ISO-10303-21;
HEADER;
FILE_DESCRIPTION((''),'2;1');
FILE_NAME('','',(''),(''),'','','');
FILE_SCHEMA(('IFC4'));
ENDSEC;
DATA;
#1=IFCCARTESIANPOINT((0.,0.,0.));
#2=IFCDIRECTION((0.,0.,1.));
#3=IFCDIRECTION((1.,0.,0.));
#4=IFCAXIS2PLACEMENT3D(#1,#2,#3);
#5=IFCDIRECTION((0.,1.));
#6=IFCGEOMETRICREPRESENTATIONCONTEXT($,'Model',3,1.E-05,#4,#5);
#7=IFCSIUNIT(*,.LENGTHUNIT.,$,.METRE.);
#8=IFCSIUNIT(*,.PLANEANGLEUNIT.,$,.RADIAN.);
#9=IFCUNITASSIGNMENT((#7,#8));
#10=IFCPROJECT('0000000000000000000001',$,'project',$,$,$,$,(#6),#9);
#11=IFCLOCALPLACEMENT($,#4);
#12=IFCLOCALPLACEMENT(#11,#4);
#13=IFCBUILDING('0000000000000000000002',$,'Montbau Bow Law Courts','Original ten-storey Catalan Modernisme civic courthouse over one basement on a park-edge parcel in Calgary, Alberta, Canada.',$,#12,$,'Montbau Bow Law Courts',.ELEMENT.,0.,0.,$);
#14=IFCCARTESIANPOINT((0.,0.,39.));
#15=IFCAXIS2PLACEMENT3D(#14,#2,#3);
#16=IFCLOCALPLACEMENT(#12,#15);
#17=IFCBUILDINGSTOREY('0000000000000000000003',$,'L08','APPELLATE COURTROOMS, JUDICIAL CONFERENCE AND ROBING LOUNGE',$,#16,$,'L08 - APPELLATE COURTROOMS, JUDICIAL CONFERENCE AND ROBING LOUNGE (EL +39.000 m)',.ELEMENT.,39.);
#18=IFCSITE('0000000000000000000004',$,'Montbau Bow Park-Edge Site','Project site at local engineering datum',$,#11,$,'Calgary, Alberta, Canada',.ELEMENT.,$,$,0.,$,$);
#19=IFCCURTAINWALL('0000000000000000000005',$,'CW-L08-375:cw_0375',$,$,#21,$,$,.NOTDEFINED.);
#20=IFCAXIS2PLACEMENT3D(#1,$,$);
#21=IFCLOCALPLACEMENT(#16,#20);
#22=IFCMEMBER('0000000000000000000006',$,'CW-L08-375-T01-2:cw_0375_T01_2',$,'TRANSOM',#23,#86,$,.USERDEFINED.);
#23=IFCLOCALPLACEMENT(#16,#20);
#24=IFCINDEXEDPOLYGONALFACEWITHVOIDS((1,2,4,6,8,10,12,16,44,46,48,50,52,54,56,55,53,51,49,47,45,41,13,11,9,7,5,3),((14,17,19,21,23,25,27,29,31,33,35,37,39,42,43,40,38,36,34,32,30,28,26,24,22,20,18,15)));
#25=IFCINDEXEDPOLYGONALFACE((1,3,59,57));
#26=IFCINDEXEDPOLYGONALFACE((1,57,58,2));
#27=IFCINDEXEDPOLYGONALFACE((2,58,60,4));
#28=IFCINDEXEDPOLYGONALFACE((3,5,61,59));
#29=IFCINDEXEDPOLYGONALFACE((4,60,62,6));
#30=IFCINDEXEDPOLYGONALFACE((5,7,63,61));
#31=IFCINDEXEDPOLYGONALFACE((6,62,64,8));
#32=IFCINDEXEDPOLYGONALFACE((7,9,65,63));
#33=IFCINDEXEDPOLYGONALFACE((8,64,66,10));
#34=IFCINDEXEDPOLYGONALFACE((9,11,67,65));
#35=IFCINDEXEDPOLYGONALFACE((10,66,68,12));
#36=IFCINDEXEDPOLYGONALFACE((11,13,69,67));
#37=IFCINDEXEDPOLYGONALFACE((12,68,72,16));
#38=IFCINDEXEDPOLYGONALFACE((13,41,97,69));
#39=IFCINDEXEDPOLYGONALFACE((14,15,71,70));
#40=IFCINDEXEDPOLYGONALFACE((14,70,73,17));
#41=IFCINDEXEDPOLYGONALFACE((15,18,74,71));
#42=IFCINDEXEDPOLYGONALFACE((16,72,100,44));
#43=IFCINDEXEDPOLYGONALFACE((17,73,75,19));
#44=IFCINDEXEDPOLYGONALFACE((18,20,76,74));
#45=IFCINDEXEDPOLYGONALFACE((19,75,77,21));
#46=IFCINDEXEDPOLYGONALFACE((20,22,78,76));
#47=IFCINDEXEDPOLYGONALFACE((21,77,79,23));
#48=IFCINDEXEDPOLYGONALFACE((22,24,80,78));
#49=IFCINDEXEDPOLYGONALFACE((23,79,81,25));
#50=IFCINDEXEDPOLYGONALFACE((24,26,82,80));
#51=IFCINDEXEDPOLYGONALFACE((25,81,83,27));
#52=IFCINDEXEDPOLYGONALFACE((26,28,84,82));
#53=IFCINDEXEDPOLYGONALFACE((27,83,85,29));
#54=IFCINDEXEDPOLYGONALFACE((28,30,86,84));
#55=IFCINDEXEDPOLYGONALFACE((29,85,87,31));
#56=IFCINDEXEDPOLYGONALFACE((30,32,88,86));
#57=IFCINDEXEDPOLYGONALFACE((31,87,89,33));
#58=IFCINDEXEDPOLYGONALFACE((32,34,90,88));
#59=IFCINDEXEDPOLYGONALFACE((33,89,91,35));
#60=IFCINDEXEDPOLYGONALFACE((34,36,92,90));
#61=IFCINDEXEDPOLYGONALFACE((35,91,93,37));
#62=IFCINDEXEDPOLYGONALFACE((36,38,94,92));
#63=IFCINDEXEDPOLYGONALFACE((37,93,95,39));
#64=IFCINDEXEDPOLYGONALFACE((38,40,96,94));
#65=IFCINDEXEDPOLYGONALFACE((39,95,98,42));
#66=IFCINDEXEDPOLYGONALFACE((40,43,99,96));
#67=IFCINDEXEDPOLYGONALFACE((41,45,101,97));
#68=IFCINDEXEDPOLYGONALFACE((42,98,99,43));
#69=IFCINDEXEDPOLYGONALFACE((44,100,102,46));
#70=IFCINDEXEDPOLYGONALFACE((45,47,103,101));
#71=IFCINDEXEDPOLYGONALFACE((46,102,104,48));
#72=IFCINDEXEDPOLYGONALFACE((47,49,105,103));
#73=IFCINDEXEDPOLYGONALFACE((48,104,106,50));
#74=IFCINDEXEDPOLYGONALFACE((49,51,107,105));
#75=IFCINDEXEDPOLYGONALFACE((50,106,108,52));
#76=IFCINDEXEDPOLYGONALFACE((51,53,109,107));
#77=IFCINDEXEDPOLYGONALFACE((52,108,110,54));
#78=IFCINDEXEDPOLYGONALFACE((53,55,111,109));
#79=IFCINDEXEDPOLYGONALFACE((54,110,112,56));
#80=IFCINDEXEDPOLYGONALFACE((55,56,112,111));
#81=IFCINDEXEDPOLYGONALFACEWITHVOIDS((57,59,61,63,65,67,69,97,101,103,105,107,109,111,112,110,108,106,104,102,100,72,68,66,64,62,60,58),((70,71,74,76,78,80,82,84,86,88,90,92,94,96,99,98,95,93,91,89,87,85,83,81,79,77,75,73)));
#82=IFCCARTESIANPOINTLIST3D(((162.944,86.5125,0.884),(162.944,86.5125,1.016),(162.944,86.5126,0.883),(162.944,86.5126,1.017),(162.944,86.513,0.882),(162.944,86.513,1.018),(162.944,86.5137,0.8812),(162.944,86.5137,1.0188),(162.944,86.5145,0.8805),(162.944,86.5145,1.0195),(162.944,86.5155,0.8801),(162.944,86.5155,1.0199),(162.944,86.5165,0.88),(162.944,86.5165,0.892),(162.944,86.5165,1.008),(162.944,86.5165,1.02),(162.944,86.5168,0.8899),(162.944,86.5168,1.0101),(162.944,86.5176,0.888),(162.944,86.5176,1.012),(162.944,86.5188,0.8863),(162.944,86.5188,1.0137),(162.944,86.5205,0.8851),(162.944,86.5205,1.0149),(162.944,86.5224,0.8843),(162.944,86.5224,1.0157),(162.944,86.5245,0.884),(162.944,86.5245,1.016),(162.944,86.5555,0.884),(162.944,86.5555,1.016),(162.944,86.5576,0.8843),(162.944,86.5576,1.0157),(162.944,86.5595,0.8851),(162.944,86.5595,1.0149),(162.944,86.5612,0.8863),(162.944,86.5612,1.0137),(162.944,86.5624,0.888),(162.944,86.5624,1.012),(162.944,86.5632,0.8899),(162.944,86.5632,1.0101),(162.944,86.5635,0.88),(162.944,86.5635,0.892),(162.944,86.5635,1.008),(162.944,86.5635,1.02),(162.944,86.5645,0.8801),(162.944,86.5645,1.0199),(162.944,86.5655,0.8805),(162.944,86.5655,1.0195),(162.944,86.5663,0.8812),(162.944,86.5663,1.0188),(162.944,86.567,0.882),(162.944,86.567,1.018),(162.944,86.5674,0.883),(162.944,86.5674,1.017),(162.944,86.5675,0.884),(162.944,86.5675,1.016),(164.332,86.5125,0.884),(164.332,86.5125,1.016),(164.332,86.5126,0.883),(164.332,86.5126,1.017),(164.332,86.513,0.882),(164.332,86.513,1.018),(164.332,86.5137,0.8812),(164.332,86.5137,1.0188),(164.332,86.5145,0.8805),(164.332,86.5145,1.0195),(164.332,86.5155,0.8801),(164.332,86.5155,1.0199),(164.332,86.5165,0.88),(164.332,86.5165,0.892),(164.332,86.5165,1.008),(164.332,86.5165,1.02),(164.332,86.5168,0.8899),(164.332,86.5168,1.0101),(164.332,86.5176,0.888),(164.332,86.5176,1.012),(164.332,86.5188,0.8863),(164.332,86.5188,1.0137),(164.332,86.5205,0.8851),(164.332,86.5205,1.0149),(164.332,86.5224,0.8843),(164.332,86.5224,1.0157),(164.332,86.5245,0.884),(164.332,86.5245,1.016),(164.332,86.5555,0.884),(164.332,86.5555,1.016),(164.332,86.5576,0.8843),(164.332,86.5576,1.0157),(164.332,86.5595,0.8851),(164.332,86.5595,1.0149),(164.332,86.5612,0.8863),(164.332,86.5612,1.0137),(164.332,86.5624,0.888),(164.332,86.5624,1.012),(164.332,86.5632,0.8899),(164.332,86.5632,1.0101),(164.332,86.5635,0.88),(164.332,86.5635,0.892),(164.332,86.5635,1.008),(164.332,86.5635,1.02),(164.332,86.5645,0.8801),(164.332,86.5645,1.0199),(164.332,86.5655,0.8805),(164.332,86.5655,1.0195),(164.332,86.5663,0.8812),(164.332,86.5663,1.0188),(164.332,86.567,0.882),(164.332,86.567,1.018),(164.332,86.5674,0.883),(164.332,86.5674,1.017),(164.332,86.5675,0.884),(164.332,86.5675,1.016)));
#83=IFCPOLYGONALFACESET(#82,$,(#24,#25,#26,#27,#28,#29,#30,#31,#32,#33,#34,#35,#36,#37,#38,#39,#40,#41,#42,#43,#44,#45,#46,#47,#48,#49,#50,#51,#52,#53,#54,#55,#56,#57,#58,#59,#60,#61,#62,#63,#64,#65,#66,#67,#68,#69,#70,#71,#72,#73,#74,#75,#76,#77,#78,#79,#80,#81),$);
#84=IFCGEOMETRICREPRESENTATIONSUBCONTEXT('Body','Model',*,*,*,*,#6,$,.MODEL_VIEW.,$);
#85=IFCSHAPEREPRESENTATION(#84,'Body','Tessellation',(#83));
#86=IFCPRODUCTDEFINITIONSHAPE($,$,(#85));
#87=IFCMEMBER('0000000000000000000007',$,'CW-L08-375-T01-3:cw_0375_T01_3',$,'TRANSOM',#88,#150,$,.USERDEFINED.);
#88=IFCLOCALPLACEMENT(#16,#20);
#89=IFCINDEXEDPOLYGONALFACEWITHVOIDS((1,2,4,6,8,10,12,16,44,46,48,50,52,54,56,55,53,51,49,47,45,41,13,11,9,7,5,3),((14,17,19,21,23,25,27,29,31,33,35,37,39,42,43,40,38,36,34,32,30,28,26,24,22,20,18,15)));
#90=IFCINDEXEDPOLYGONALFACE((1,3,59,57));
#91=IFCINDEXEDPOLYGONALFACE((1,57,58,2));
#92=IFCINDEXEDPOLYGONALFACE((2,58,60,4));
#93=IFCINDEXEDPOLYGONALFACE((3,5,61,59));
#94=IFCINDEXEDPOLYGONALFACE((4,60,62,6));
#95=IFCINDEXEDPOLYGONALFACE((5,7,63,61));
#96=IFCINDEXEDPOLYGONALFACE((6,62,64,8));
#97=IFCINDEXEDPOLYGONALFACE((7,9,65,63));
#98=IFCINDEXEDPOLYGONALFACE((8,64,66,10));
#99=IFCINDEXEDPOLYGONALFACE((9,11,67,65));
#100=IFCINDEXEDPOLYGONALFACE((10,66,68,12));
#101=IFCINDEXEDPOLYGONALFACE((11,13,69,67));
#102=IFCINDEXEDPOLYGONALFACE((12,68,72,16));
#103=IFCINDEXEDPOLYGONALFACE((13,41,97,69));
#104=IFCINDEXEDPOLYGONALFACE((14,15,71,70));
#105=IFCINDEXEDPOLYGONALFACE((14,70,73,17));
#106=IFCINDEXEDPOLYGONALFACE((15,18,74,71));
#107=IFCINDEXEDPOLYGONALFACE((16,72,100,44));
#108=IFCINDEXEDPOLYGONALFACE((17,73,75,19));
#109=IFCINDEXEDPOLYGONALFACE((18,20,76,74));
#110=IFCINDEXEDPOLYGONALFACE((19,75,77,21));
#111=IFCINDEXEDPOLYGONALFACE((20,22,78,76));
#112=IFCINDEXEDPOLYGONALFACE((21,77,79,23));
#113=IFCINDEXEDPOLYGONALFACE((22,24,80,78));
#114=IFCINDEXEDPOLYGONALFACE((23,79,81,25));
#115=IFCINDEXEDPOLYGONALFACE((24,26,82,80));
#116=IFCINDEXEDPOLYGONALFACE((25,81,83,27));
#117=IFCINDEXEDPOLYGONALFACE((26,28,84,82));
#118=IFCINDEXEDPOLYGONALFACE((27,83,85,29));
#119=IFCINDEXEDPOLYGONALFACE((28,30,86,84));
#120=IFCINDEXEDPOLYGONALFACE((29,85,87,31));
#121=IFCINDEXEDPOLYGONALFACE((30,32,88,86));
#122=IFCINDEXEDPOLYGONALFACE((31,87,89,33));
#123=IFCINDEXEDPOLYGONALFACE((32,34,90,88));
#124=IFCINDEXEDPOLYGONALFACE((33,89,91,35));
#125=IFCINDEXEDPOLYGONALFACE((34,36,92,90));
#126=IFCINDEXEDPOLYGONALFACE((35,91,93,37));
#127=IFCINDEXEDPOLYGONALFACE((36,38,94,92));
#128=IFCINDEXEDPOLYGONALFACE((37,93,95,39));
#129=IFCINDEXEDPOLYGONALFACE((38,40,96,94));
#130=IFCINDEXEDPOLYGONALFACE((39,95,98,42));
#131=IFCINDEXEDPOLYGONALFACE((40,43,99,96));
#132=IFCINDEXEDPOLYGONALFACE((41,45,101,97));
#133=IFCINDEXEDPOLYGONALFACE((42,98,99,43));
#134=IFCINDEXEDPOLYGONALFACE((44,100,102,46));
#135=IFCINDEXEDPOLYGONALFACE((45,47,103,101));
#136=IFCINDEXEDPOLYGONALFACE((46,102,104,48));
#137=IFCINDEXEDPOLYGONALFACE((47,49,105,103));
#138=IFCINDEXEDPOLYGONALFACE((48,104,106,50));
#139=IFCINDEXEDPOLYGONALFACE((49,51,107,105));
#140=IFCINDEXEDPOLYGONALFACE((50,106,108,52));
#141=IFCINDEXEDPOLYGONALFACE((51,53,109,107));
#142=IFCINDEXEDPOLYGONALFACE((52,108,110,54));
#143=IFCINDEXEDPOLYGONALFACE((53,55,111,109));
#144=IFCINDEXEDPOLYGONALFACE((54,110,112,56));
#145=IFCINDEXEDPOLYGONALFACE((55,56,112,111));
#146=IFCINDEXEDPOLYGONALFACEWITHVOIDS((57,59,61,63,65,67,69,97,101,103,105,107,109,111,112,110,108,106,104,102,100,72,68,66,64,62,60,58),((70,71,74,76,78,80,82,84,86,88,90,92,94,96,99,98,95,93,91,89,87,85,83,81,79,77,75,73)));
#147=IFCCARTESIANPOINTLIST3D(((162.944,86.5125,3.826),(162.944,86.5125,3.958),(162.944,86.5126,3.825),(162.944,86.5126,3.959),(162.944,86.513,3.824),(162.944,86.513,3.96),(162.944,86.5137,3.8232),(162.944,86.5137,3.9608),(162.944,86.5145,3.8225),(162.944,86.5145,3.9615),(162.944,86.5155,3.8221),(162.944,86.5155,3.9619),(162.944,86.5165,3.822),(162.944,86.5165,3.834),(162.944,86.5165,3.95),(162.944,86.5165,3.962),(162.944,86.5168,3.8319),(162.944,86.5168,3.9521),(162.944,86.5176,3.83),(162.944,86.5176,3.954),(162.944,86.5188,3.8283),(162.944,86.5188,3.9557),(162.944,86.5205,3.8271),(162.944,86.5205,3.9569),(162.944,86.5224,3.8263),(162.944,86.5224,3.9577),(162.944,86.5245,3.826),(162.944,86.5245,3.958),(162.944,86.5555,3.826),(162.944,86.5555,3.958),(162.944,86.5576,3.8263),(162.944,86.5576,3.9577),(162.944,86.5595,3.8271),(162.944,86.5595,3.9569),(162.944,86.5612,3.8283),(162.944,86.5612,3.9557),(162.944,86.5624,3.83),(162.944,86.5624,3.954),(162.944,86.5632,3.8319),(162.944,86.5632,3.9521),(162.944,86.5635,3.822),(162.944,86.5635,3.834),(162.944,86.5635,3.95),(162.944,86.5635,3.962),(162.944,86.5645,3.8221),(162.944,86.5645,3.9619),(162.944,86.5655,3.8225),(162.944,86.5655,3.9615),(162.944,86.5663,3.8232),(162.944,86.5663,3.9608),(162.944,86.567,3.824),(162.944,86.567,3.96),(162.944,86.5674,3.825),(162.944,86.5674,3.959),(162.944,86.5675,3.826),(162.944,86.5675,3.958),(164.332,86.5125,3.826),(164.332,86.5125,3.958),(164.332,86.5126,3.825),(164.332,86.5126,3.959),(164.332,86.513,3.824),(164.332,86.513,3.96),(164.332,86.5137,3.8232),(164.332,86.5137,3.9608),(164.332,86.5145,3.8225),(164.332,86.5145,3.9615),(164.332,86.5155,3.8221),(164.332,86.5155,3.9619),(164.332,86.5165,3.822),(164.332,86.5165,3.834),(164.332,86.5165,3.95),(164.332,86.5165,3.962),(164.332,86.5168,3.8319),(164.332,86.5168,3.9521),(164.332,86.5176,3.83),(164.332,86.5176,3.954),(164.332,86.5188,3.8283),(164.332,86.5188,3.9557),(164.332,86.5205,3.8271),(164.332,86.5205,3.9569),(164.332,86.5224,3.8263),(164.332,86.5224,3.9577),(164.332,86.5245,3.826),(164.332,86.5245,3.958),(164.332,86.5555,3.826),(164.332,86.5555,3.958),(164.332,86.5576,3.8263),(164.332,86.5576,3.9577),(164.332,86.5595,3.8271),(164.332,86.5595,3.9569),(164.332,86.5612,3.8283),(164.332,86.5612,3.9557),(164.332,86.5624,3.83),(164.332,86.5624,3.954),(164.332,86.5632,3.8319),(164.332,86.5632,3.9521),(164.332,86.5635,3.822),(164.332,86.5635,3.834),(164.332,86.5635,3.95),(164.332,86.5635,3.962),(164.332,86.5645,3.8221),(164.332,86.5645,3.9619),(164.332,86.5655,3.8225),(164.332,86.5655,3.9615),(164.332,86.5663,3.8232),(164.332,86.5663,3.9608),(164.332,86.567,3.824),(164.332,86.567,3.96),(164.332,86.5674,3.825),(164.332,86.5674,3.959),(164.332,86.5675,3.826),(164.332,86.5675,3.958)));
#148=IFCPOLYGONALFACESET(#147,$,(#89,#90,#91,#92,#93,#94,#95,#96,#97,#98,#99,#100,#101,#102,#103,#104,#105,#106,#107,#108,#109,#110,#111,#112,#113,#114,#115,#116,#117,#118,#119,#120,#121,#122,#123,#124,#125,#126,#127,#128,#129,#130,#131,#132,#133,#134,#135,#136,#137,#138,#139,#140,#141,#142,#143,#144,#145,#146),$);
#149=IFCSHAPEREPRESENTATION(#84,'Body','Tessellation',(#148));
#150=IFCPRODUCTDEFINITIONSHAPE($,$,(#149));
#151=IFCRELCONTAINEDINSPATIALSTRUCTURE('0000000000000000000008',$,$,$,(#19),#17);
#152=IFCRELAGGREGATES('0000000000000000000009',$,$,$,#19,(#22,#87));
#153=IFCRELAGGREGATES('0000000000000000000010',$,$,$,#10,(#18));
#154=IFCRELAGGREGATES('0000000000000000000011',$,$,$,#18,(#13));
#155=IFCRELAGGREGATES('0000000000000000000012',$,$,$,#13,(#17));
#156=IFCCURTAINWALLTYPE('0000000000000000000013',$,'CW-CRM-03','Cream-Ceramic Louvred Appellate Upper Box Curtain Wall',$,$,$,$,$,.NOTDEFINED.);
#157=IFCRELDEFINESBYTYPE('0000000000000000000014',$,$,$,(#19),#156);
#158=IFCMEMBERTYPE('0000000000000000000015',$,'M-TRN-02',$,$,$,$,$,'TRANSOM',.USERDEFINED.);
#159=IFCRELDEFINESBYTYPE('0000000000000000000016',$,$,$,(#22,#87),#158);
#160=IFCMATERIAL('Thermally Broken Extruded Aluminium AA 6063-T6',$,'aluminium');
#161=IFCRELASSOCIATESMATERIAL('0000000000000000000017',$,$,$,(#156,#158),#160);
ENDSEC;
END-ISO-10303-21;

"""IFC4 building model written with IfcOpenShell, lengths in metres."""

from ifc_helpers import new_model, si_unit, direction, frame, origin_with_axes, origin_2d_with_axis, place, context, subcontext, project, spatial, hollow_rectangle, extrude, material, material_profile, profile_set, type_object, element, aggregate, save


model = new_model("IFC4")

# Units and contexts
model_context = context("Model", 3, precision=1e-05, world=origin_with_axes(), true_north=direction((0.0, 1.0)))
body_context = subcontext(model_context, "Body", "Model", "MODEL_VIEW")
ifc_project = project(units=[si_unit("LENGTHUNIT", "METRE"), si_unit("PLANEANGLEUNIT", "RADIAN")], contexts=[model_context])

# Site, building, storey
site_placement = place(None, origin_with_axes())
site = spatial("IfcSite", under=ifc_project, at=site_placement, Name="Montbau Bow Park-Edge Site", Description="Project site at local engineering datum", LongName="Calgary, Alberta, Canada", CompositionType="ELEMENT", RefElevation=0.0)
building_placement = place(site_placement, origin_with_axes())
building = spatial("IfcBuilding", under=site, at=building_placement, Name="Montbau Bow Law Courts", Description="Original ten-storey Catalan Modernisme civic courthouse over one basement on a park-edge parcel in Calgary, Alberta, Canada.", LongName="Montbau Bow Law Courts", CompositionType="ELEMENT", ElevationOfRefHeight=0.0, ElevationOfTerrain=0.0)
storey_placement = place(building_placement, frame((0.0, 0.0, 39.0), z_axis=(0.0, 0.0, 1.0), x_axis=(1.0, 0.0, 0.0)))
storey = spatial("IfcBuildingStorey", under=building, at=storey_placement, Name="L08", Description="APPELLATE COURTROOMS, JUDICIAL CONFERENCE AND ROBING LOUNGE", LongName="L08 - APPELLATE COURTROOMS, JUDICIAL CONFERENCE AND ROBING LOUNGE (EL +39.000 m)", CompositionType="ELEMENT", Elevation=39.0)

# Curtain wall
ifc_material_1 = material(Name="Thermally Broken Extruded Aluminium AA 6063-T6", Category="aluminium")
curtain_wall_type = type_object("IfcCurtainWallType", Name="CW-CRM-03", Description="Cream-Ceramic Louvred Appellate Upper Box Curtain Wall", PredefinedType="NOTDEFINED", material=ifc_material_1)
curtain_wall_1_placement = place(None, frame((162.868, 86.54, 39.0), z_axis=(0.0, 0.0, 1.0), x_axis=(1.0, 0.0, 0.0)))
curtain_wall_1 = element("IfcCurtainWall", 1, at=curtain_wall_1_placement, inside=storey, type_object=curtain_wall_type, Name="CW-L08-375:cw_0375", PredefinedType="NOTDEFINED")

# Members
ifc_material_profile_1 = material_profile(ifc_material_1, hollow_rectangle(XDim=0.055, YDim=0.14, WallThickness=0.004, InnerFilletRadius=0.008, OuterFilletRadius=0.004, at=origin_2d_with_axis()), Name="CWT-140X55", Category="Main", Priority=0)
ifc_profile_set_1 = profile_set([ifc_material_profile_1], Name="Thermally Broken Extruded Aluminium AA 6063-T6")
member_type_1 = type_object("IfcMemberType", Name="M-TRN-02", ElementType="TRANSOM", PredefinedType="USERDEFINED", material=ifc_profile_set_1)
member_1_placement = place(None, frame((162.944, 86.54, 39.95), z_axis=(1.0, 0.0, 0.0), x_axis=(0.0, 1.0, 0.0)))
member_1 = element("IfcMember", 2, at=member_1_placement, type_object=member_type_1, Name="CW-L08-375-T01-2:cw_0375_T01_2", ObjectType="TRANSOM", PredefinedType="USERDEFINED", context=body_context, shape_type="SweptSolid", body=[
    extrude(hollow_rectangle(XDim=0.055, YDim=0.14, WallThickness=0.004, InnerFilletRadius=0.008, OuterFilletRadius=0.004, at=origin_2d_with_axis()), origin_with_axes(), (0.0, 0.0, 1.0), 1.388),
])
member_2_placement = place(None, frame((162.944, 86.54, 42.892), z_axis=(1.0, 0.0, 0.0), x_axis=(0.0, 1.0, 0.0)))
member_2 = element("IfcMember", 3, at=member_2_placement, type_object=member_type_1, Name="CW-L08-375-T01-3:cw_0375_T01_3", ObjectType="TRANSOM", PredefinedType="USERDEFINED", context=body_context, shape_type="SweptSolid", body=[
    extrude(hollow_rectangle(XDim=0.055, YDim=0.14, WallThickness=0.004, InnerFilletRadius=0.008, OuterFilletRadius=0.004, at=origin_2d_with_axis()), origin_with_axes(), (0.0, 0.0, 1.0), 1.388),
])

aggregate(curtain_wall_1, [member_1, member_2])

save(model, "model.ifc")
